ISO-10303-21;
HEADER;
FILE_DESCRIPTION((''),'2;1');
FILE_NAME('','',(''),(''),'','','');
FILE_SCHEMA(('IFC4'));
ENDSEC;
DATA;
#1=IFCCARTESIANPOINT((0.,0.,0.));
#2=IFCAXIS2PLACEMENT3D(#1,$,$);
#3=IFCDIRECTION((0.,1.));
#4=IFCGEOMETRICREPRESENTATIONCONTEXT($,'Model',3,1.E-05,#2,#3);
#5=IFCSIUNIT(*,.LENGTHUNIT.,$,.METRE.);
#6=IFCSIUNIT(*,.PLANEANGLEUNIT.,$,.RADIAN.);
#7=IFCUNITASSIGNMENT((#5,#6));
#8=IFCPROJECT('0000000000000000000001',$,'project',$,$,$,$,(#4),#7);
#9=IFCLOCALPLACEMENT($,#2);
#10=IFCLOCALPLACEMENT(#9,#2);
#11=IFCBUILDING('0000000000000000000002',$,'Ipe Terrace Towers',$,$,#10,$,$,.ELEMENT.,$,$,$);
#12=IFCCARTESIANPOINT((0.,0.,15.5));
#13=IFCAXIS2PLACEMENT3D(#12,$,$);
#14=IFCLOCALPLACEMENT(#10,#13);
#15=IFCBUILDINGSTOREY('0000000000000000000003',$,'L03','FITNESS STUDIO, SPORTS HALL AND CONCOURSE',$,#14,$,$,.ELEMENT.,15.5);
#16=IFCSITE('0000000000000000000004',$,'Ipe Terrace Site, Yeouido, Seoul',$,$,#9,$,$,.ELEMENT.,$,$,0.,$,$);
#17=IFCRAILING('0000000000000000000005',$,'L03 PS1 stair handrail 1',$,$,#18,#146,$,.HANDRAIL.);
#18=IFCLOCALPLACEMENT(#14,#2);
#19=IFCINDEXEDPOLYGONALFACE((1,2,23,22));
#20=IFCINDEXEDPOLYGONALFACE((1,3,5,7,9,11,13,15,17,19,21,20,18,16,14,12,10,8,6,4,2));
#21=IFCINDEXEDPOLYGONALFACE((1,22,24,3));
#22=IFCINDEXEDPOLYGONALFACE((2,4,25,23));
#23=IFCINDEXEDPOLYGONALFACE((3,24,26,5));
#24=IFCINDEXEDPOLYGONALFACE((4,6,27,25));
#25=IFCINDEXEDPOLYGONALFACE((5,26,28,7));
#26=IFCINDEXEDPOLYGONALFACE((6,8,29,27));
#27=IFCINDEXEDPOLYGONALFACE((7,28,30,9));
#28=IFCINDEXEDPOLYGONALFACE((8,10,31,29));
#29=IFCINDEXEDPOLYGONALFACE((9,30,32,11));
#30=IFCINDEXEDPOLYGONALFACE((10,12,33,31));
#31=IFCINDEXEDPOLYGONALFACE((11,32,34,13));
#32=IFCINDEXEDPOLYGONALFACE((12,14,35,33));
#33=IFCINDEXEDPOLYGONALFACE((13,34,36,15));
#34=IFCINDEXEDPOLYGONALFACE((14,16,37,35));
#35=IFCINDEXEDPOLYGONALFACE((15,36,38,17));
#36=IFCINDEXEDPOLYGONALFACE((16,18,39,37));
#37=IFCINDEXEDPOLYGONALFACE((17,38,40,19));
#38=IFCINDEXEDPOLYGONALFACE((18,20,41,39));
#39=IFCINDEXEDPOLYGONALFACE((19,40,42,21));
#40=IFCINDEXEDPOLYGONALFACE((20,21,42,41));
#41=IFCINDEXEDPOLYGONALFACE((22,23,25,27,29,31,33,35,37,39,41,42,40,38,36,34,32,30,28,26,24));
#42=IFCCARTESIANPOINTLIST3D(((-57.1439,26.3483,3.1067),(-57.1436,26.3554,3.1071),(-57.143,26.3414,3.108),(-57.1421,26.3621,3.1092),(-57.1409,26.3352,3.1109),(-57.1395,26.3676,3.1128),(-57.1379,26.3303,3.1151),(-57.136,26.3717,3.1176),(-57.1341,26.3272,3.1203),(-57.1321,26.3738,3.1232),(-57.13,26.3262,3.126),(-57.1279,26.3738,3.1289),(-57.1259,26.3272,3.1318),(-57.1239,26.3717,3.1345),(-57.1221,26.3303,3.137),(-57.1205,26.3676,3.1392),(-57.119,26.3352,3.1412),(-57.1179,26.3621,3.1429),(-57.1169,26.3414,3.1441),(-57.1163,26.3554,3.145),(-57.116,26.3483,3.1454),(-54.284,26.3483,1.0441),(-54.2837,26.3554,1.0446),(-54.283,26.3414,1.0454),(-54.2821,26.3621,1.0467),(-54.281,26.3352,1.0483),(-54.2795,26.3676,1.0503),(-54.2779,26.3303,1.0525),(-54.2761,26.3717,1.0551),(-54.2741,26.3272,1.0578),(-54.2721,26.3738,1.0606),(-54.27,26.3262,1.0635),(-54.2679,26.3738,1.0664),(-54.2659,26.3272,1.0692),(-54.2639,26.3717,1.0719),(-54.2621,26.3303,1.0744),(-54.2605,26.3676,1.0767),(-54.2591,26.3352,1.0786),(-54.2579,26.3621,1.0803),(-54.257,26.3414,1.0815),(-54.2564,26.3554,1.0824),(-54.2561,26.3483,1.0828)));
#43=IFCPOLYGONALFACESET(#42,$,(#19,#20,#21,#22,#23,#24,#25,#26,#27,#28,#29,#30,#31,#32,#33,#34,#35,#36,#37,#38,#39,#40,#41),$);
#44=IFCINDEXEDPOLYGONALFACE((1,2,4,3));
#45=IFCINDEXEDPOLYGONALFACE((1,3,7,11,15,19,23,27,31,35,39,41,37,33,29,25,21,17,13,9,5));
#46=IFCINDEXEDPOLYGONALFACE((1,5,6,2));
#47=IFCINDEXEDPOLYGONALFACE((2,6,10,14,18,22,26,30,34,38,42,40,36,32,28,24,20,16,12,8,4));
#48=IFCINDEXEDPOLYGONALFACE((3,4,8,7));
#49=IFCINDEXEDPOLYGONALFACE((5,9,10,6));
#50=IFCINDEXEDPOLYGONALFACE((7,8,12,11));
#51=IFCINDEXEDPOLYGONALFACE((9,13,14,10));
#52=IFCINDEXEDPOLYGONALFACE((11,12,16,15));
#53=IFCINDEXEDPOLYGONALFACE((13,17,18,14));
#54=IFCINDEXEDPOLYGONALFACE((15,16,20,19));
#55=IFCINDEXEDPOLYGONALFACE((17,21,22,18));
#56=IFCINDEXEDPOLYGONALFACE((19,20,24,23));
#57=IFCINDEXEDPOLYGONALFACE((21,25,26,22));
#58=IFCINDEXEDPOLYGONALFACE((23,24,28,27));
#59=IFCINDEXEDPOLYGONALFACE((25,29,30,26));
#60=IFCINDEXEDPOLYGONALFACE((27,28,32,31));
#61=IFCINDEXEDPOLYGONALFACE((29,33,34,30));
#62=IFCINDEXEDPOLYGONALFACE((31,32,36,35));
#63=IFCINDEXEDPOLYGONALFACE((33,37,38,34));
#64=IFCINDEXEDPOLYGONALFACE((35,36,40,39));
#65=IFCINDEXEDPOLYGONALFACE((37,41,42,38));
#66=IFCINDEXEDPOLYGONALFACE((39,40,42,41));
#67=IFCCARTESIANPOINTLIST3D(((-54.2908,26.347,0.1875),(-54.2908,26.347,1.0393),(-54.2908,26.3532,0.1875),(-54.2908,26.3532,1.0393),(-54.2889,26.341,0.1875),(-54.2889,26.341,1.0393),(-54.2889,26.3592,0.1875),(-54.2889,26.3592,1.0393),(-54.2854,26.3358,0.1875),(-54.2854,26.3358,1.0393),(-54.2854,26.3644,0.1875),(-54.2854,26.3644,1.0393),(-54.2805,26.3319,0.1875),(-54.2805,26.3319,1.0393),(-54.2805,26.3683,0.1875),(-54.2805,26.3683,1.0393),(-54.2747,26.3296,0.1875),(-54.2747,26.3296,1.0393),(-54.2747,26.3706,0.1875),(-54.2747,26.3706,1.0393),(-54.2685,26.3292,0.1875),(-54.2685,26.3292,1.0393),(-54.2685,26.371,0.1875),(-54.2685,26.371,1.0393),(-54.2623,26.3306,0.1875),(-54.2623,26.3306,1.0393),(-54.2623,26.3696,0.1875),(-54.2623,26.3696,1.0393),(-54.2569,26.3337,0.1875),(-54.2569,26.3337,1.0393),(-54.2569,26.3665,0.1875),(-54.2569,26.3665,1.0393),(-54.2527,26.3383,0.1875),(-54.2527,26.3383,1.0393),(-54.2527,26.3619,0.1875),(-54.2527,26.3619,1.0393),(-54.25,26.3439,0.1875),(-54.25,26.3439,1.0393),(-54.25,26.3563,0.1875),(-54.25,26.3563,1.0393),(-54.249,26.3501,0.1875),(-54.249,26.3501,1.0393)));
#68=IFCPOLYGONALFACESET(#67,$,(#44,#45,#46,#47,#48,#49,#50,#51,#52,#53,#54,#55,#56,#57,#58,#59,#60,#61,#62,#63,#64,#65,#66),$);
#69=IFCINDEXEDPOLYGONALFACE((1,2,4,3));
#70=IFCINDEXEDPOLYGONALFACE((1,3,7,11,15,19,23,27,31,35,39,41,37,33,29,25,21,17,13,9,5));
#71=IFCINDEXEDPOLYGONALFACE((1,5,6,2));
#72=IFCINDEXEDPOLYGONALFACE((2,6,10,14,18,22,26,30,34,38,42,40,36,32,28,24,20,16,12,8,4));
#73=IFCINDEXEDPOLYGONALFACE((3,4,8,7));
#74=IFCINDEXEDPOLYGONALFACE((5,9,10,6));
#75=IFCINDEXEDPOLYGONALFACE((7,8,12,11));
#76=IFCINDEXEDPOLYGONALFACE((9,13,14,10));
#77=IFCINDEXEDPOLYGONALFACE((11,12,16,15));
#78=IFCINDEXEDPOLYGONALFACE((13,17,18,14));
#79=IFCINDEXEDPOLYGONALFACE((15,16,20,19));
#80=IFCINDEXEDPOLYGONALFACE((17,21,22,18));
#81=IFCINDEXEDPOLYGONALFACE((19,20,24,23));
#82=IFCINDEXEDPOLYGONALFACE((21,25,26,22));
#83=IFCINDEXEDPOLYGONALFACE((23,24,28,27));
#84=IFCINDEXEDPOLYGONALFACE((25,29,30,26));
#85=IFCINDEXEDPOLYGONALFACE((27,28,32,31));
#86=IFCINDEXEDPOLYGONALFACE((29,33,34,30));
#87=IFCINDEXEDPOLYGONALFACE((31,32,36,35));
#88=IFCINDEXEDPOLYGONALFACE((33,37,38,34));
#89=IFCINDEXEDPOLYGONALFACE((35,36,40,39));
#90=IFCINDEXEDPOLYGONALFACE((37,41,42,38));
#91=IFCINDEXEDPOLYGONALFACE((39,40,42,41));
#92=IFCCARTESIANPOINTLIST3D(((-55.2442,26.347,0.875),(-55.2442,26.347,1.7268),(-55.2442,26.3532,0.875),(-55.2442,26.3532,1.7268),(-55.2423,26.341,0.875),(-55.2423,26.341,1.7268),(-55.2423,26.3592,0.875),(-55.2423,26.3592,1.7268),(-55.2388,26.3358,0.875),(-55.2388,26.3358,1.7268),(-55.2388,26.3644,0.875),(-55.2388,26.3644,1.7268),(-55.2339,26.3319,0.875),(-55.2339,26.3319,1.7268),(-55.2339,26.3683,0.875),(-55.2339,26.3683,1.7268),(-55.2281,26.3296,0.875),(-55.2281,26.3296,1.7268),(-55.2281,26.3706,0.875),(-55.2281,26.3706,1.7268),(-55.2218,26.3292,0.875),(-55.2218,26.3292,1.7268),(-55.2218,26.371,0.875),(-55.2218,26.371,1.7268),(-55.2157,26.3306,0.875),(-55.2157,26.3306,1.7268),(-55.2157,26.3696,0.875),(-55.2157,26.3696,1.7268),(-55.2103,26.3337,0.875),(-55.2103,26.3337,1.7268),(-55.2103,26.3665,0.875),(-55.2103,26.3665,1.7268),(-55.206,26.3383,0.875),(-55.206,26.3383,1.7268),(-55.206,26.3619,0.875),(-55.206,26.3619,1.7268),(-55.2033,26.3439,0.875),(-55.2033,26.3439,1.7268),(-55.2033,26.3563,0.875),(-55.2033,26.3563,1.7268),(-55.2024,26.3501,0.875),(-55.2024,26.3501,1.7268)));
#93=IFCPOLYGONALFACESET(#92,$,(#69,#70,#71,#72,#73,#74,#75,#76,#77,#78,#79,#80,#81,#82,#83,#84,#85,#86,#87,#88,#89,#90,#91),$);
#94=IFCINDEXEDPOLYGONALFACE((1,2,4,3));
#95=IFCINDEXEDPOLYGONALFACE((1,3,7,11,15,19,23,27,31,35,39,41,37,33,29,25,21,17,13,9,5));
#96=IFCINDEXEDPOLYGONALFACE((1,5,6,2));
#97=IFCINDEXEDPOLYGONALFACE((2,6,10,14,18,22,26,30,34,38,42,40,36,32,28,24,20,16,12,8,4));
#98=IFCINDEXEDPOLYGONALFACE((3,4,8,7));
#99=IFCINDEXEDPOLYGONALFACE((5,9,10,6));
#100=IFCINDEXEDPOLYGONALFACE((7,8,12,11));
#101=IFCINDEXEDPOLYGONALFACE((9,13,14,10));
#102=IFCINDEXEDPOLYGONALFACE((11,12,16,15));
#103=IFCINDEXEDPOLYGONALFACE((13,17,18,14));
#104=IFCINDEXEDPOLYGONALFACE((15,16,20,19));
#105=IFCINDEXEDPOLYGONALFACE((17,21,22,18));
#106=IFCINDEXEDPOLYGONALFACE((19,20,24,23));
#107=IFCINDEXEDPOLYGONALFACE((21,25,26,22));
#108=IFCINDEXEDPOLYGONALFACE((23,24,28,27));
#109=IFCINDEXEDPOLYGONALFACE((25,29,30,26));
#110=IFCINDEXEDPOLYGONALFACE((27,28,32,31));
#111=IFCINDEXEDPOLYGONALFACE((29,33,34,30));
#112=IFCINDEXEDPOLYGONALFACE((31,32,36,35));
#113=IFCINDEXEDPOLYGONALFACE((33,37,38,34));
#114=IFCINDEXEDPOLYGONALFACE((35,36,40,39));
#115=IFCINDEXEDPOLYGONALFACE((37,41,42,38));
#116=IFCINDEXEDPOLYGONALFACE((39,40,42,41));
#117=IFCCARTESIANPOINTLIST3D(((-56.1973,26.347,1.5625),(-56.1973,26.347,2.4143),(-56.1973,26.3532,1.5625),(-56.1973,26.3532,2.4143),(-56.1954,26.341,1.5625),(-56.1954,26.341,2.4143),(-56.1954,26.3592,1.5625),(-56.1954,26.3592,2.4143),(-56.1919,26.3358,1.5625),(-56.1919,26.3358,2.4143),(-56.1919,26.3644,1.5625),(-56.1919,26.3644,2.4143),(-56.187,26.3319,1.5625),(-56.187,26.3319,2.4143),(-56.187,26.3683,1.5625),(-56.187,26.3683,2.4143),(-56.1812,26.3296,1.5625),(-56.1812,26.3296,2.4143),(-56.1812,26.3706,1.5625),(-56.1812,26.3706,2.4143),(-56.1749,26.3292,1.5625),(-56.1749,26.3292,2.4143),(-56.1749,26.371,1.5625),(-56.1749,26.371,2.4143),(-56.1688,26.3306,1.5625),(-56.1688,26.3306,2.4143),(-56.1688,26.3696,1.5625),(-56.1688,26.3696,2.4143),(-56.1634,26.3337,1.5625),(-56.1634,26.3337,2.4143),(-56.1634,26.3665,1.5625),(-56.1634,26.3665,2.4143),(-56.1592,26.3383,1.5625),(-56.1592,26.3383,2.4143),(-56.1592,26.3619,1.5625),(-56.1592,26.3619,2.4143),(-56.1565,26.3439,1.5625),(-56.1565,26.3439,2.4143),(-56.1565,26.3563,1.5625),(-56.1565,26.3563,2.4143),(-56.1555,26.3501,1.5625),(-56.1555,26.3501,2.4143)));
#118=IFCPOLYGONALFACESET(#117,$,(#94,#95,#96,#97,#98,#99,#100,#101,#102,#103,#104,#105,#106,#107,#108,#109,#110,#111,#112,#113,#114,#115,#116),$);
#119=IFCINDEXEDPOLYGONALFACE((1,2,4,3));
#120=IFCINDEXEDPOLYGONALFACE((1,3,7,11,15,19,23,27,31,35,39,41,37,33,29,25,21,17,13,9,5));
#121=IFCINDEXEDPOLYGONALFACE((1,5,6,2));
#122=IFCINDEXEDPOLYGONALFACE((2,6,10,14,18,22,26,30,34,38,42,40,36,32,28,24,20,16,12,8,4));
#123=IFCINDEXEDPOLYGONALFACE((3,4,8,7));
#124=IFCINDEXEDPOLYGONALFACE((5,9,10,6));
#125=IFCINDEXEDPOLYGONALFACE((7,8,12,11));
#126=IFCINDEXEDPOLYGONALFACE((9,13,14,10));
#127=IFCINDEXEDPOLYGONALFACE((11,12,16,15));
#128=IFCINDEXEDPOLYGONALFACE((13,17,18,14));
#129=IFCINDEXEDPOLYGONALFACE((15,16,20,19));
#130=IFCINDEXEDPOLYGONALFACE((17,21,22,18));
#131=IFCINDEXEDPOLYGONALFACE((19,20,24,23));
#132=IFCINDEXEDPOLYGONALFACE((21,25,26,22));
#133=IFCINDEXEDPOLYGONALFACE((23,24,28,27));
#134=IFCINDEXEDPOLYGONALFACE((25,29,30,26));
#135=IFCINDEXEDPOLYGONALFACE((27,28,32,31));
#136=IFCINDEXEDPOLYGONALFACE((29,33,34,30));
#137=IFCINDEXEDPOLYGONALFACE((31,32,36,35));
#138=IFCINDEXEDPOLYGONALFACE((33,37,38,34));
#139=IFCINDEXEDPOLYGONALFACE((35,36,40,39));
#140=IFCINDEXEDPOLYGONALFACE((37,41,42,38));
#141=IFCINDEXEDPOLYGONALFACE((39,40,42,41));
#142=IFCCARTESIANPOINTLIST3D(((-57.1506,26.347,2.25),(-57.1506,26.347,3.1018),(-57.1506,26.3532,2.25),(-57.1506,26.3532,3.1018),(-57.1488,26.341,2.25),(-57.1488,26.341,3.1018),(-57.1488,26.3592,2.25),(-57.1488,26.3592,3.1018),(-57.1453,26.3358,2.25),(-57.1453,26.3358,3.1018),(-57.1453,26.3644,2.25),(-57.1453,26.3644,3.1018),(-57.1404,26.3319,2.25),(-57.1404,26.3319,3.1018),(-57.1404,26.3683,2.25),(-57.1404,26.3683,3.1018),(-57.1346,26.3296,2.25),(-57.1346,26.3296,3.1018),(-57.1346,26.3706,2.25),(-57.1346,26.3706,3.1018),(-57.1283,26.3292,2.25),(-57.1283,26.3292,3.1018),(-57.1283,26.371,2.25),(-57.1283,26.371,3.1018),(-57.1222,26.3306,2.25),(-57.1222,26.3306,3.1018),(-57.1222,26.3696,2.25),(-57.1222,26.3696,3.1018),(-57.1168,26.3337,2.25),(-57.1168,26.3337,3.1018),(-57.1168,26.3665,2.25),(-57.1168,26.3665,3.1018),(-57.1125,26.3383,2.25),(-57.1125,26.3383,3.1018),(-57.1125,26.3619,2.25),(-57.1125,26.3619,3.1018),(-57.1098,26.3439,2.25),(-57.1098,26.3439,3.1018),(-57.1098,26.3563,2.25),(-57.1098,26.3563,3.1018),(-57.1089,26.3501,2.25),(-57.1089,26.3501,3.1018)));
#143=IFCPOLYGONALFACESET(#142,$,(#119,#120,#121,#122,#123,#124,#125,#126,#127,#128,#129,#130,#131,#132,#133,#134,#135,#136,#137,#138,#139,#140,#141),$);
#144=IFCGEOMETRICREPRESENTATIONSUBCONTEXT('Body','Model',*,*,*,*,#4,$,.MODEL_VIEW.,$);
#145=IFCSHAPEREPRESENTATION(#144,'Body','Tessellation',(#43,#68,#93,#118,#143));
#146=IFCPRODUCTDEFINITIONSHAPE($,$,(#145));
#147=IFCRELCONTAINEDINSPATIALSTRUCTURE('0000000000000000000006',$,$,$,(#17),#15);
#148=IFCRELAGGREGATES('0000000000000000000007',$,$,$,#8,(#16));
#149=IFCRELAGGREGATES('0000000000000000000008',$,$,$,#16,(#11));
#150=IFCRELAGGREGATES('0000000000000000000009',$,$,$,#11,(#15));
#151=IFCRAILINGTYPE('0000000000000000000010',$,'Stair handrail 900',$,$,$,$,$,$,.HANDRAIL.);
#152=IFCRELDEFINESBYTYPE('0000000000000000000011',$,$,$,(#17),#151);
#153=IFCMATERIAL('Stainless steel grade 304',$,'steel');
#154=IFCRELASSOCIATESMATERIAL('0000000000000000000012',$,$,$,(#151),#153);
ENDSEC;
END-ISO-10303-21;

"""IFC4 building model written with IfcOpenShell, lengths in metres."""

from ifc_helpers import new_model, si_unit, direction, frame, origin, origin_2d, place, context, subcontext, project, spatial, circle, extrude, material, type_object, element, save


model = new_model("IFC4")

# Units and contexts
model_context = context("Model", 3, precision=1e-05, world=origin(), true_north=direction((0.0, 1.0)))
body_context = subcontext(model_context, "Body", "Model", "MODEL_VIEW")
ifc_project = project(units=[si_unit("LENGTHUNIT", "METRE"), si_unit("PLANEANGLEUNIT", "RADIAN")], contexts=[model_context])

# Site, building, storey
site_placement = place(None, origin())
site = spatial("IfcSite", under=ifc_project, at=site_placement, Name="Ipe Terrace Site, Yeouido, Seoul", CompositionType="ELEMENT", RefElevation=0.0)
building_placement = place(site_placement, origin())
building = spatial("IfcBuilding", under=site, at=building_placement, Name="Ipe Terrace Towers", CompositionType="ELEMENT")
storey_placement = place(building_placement, frame((0.0, 0.0, 15.5)))
storey = spatial("IfcBuildingStorey", under=building, at=storey_placement, Name="L03", Description="FITNESS STUDIO, SPORTS HALL AND CONCOURSE", CompositionType="ELEMENT", Elevation=15.5)

# Railing
ifc_material_1 = material(Name="Stainless steel grade 304", Category="steel")
railing_type_1 = type_object("IfcRailingType", Name="Stair handrail 900", PredefinedType="HANDRAIL", material=ifc_material_1)
railing_1_placement = place(storey_placement, frame((-54.27, 26.3501, 0.1875)))
element("IfcRailing", 1, at=railing_1_placement, inside=storey, type_object=railing_type_1, Name="L03 PS1 stair handrail 1", PredefinedType="HANDRAIL", context=body_context, shape_type="SweptSolid", body=[
    extrude(circle(Radius=0.0239, at=origin_2d()), frame((0.0, 0.0, 0.876), z_axis=(-0.811077, 0.0, 0.584939), x_axis=(0.0, -1.0, 0.0)), (0.0, 0.0, 1.0), 3.5261),
    extrude(circle(Radius=0.021, at=origin_2d()), origin(), (0.0, 0.0, 1.0), 0.8518),
    extrude(circle(Radius=0.021, at=origin_2d()), frame((-0.9534, 0.0, 0.6875)), (0.0, 0.0, 1.0), 0.8518),
    extrude(circle(Radius=0.021, at=origin_2d()), frame((-1.9065, 0.0, 1.375)), (0.0, 0.0, 1.0), 0.8518),
    extrude(circle(Radius=0.021, at=origin_2d()), frame((-2.8599, 0.0, 2.0625)), (0.0, 0.0, 1.0), 0.8518),
])

save(model, "model.ifc")
